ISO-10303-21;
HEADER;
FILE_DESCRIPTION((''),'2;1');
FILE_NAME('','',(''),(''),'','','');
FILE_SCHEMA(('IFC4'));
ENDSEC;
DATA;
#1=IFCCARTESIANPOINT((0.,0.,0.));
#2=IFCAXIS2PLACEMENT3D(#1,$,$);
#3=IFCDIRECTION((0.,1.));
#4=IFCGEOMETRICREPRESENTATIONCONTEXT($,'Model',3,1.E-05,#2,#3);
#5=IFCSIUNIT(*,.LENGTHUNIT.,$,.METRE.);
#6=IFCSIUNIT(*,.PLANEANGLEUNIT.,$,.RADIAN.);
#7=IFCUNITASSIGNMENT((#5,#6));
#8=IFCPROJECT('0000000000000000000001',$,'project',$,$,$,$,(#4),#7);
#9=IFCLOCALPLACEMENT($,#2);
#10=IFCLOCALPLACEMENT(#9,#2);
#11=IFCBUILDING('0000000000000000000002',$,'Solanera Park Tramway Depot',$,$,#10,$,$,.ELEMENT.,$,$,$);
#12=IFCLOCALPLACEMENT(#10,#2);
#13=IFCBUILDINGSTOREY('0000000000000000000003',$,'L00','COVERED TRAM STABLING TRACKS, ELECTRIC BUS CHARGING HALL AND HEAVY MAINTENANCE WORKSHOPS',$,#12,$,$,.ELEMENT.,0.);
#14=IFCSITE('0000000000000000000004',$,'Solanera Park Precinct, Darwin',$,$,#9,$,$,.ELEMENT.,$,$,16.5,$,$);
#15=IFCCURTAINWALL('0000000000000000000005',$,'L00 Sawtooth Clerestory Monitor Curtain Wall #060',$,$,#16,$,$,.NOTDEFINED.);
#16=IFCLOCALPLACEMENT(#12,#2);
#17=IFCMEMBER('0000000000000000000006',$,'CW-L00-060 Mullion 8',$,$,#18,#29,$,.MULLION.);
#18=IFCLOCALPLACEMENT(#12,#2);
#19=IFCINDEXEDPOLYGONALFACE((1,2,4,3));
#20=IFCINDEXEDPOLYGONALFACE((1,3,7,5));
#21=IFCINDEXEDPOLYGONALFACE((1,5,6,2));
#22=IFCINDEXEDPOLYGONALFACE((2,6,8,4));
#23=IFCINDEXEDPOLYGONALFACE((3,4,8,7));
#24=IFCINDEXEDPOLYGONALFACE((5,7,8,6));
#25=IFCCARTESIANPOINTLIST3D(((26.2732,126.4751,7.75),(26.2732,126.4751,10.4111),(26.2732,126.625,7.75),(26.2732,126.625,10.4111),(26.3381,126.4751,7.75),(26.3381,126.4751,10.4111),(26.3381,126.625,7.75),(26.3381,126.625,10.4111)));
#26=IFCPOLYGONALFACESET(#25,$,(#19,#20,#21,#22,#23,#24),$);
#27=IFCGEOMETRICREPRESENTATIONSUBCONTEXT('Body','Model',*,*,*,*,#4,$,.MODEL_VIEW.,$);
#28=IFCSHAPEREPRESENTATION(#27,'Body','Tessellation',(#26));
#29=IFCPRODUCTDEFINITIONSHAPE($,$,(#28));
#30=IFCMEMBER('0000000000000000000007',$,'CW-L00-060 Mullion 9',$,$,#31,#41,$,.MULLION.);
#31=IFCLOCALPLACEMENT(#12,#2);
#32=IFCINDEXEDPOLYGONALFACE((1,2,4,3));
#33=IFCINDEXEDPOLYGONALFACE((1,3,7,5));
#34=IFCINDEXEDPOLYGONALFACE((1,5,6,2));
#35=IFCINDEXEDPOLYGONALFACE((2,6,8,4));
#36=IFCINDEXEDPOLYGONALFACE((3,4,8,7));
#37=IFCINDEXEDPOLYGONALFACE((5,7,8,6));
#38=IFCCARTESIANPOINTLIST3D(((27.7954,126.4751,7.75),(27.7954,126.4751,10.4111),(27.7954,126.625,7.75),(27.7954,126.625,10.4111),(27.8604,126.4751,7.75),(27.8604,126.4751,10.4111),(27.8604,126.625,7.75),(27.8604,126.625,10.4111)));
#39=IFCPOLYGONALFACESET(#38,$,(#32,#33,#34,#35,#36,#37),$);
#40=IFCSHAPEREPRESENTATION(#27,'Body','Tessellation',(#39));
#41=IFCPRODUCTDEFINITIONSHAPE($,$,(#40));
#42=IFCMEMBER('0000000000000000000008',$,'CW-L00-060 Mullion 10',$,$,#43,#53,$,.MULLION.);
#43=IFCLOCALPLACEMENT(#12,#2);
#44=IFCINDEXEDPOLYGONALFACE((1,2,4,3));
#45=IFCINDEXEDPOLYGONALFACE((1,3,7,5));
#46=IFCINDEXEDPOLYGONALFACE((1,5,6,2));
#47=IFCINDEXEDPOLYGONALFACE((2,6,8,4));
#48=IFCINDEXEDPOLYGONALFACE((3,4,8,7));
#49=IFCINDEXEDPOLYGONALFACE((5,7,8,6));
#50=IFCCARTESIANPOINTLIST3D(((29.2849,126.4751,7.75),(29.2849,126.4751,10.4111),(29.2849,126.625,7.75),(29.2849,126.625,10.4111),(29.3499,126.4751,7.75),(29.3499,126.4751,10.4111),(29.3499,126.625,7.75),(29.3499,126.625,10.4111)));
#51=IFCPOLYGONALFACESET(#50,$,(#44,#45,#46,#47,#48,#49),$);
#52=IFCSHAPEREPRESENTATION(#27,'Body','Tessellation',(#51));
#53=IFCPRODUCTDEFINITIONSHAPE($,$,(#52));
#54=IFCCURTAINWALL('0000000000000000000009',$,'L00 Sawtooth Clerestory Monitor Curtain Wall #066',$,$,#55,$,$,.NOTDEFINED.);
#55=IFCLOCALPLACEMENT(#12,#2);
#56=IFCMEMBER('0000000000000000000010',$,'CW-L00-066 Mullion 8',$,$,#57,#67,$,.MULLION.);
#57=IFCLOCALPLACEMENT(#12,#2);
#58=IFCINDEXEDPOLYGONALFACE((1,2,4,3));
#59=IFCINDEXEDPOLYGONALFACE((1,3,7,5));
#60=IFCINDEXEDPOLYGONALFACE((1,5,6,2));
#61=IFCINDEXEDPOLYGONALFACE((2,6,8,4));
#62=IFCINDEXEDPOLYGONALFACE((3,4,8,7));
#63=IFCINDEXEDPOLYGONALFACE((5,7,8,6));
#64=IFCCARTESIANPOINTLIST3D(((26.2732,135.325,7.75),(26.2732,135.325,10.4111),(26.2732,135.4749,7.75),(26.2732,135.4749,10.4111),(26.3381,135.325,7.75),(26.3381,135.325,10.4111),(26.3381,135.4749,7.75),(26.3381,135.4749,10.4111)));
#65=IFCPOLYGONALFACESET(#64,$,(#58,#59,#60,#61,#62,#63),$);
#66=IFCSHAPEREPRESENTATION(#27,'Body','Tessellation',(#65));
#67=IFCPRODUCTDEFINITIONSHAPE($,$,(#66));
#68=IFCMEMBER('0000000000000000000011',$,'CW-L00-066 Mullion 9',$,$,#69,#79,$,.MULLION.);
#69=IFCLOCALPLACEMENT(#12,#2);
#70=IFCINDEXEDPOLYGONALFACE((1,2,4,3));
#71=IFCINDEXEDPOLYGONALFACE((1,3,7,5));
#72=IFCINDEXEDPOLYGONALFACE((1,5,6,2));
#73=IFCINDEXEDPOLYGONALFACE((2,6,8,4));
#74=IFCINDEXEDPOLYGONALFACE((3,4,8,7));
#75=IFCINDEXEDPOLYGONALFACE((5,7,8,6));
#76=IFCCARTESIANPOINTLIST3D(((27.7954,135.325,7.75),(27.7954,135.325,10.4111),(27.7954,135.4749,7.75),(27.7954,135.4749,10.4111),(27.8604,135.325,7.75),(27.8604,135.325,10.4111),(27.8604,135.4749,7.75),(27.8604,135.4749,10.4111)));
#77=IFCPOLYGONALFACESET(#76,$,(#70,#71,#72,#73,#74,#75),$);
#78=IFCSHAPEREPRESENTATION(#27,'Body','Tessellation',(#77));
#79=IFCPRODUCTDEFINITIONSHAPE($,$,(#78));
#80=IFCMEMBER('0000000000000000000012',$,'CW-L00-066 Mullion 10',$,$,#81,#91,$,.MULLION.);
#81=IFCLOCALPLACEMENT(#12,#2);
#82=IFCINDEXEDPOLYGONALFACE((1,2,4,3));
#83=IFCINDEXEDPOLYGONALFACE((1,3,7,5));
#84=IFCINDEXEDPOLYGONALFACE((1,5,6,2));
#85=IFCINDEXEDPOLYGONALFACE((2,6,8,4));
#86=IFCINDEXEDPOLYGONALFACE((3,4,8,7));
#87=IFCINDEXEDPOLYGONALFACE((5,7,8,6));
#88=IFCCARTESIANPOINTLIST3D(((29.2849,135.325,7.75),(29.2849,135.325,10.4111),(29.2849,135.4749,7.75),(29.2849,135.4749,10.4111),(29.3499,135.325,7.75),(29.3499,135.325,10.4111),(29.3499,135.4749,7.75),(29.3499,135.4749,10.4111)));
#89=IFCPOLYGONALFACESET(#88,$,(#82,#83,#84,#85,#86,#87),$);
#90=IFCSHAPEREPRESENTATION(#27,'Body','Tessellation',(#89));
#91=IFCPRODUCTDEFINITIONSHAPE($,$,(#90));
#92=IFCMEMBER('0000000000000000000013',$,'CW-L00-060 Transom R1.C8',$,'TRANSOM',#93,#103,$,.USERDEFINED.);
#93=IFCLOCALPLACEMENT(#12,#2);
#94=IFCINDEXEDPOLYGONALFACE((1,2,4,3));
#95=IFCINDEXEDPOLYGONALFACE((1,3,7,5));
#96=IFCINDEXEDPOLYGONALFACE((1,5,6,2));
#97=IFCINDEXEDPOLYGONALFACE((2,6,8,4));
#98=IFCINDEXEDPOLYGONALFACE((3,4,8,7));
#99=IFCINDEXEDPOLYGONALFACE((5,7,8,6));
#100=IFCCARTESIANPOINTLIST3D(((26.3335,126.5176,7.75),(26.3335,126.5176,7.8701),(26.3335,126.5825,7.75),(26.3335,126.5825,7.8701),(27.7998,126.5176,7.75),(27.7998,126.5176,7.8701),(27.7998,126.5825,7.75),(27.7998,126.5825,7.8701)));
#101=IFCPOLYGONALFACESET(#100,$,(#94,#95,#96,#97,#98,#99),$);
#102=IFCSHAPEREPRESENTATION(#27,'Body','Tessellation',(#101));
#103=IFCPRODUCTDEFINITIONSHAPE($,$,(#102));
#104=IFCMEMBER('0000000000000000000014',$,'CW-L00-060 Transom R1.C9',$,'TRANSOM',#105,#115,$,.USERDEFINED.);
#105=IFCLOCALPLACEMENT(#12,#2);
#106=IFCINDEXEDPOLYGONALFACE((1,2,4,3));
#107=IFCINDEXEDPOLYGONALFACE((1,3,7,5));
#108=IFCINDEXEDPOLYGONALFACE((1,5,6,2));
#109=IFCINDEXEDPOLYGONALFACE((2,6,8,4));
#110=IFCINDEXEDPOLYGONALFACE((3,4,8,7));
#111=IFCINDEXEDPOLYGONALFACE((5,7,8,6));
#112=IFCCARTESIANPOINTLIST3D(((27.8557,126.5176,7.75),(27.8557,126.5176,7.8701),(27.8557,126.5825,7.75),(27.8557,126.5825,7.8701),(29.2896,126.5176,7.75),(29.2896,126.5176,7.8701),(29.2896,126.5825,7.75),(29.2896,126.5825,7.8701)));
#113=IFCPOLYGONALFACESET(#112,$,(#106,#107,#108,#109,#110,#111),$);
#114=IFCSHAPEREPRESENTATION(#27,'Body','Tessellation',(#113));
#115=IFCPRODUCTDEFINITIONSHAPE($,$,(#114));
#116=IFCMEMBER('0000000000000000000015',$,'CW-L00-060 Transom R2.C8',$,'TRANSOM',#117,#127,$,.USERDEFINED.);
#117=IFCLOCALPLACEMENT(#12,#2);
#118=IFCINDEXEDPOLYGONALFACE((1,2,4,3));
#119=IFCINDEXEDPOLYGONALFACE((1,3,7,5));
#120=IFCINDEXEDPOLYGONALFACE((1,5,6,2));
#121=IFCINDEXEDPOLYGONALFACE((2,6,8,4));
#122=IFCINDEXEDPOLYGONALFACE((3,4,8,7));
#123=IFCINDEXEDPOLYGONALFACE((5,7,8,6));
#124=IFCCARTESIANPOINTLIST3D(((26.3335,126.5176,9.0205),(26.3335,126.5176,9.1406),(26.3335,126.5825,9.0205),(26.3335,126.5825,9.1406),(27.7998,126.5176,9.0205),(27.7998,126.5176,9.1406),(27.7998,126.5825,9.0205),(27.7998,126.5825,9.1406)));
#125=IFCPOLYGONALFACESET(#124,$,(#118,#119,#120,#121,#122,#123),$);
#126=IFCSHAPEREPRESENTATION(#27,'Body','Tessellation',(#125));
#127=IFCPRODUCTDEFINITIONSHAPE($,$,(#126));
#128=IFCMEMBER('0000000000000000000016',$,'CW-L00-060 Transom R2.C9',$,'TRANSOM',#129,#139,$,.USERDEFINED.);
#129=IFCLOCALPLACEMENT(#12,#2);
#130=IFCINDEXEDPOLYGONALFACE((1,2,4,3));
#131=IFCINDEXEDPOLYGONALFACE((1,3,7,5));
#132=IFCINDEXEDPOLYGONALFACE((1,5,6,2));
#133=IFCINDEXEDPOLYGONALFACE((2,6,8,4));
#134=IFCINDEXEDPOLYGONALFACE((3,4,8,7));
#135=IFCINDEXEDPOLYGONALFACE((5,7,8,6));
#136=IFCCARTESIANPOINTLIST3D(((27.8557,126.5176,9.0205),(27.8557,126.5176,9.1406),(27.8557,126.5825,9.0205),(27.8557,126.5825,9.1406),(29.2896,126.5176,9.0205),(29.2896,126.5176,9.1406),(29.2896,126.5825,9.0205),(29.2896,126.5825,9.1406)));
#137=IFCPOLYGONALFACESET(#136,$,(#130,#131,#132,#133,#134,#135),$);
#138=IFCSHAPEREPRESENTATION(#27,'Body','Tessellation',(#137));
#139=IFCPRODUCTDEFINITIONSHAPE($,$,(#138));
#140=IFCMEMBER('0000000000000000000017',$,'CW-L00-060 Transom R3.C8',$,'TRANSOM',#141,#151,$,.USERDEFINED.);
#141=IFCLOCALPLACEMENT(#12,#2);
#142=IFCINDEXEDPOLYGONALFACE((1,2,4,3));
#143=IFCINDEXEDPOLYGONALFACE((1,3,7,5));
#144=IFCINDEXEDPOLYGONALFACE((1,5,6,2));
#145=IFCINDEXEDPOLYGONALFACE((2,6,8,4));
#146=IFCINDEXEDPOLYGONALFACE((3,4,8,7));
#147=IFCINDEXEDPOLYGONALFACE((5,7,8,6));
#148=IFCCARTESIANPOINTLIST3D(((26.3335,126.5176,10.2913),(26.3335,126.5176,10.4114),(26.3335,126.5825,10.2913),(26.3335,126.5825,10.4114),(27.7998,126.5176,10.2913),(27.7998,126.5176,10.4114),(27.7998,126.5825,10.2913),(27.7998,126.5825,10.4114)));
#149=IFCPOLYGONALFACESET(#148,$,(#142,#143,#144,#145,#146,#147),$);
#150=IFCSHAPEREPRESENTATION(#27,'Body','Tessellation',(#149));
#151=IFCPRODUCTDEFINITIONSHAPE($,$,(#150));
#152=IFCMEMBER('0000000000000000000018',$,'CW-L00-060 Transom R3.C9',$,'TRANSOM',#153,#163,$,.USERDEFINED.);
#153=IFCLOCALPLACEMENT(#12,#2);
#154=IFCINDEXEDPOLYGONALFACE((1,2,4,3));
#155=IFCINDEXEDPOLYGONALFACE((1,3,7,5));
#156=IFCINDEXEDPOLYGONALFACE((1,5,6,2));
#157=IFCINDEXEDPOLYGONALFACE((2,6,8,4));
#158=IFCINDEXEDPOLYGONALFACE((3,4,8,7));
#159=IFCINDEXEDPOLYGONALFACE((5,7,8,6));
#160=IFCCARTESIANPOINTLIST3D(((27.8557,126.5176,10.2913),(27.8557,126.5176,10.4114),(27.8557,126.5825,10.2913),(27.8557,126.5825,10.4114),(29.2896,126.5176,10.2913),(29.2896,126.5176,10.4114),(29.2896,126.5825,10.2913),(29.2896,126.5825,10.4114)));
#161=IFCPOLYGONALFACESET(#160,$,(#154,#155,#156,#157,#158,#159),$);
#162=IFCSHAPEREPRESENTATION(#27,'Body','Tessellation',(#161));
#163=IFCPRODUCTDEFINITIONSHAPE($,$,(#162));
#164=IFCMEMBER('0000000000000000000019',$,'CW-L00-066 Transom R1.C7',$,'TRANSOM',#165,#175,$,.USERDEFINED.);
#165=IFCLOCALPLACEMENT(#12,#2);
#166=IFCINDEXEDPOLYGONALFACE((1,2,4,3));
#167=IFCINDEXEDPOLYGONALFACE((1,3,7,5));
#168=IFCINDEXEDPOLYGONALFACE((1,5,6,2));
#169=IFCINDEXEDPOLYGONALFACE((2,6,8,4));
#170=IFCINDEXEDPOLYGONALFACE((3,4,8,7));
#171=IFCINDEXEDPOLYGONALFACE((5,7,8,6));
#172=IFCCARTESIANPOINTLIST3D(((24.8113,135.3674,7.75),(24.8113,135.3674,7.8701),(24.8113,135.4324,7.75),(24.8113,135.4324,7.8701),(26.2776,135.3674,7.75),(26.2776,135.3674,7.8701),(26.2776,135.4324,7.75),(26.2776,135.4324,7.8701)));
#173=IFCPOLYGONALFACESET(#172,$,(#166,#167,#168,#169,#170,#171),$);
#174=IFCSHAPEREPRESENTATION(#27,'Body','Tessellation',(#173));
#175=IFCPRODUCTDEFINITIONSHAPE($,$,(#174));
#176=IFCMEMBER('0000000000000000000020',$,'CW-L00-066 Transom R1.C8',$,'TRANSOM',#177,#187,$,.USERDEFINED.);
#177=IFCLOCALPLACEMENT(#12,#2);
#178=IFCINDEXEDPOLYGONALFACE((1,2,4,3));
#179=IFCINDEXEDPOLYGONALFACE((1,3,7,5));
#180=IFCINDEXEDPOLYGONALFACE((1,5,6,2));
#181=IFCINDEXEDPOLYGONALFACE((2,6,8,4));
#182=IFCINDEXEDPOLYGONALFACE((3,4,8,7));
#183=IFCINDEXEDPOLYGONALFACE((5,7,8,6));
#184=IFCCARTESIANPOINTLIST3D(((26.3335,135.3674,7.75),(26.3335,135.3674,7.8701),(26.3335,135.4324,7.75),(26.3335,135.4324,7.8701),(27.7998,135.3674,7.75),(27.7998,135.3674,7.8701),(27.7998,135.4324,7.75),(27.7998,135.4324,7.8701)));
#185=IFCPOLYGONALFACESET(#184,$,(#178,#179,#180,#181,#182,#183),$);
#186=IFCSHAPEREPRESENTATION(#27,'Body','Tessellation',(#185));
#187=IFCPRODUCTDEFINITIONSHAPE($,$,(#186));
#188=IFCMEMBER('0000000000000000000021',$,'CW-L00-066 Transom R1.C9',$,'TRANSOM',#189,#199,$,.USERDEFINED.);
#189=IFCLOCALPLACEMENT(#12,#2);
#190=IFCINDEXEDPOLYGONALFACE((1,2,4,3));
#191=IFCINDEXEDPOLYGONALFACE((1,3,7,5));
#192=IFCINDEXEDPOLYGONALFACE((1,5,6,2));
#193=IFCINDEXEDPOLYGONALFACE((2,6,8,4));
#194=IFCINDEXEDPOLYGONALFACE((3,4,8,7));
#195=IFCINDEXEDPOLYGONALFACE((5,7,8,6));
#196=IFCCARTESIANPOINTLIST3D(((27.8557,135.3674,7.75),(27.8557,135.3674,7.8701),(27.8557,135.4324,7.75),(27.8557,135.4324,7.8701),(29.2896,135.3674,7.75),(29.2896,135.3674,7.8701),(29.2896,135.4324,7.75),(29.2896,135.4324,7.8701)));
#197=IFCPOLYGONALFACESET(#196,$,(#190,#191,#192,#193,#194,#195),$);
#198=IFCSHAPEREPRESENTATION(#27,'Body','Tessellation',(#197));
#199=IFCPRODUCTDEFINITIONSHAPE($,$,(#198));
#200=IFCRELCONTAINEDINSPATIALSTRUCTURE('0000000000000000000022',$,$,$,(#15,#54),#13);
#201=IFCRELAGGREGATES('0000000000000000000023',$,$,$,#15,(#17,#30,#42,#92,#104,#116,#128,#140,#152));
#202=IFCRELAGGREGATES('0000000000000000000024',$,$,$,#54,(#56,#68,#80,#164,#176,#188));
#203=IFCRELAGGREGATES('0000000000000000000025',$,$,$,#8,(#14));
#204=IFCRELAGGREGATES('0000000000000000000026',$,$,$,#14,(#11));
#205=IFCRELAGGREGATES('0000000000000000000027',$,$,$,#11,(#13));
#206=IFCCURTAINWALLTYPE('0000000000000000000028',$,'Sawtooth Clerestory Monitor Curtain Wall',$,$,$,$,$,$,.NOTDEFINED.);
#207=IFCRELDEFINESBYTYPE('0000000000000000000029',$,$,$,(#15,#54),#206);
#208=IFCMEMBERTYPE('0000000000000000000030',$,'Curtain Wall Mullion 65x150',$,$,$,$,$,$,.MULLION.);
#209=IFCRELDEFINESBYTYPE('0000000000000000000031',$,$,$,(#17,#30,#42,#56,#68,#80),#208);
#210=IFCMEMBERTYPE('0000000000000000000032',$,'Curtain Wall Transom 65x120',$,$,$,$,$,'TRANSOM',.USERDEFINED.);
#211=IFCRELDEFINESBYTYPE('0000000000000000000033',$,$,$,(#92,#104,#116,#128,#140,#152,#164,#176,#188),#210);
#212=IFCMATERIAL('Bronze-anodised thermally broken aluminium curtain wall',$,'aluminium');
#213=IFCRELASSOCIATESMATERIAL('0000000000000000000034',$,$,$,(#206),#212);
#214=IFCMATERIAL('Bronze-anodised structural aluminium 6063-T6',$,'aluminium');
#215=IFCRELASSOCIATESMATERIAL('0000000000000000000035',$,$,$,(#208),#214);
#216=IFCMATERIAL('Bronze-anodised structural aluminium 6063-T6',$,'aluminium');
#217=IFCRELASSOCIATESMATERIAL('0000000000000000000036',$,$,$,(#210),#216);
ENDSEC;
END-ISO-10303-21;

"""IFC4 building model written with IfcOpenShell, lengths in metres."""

from ifc_helpers import new_model, si_unit, direction, frame, origin, origin_2d, place, context, subcontext, project, spatial, rectangle, extrude, material, material_profile, profile_set, type_object, element, aggregate, save


model = new_model("IFC4")

# Units and contexts
model_context = context("Model", 3, precision=1e-05, world=origin(), true_north=direction((0.0, 1.0)))
body_context = subcontext(model_context, "Body", "Model", "MODEL_VIEW")
ifc_project = project(units=[si_unit("LENGTHUNIT", "METRE"), si_unit("PLANEANGLEUNIT", "RADIAN")], contexts=[model_context])

# Site, building, storey
site_placement = place(None, origin())
site = spatial("IfcSite", under=ifc_project, at=site_placement, Name="Solanera Park Precinct, Darwin", CompositionType="ELEMENT", RefElevation=16.5)
building_placement = place(site_placement, origin())
building = spatial("IfcBuilding", under=site, at=building_placement, Name="Solanera Park Tramway Depot", CompositionType="ELEMENT")
storey_placement = place(building_placement, origin())
storey = spatial("IfcBuildingStorey", under=building, at=storey_placement, Name="L00", Description="COVERED TRAM STABLING TRACKS, ELECTRIC BUS CHARGING HALL AND HEAVY MAINTENANCE WORKSHOPS", CompositionType="ELEMENT", Elevation=0.0)

# Curtain walls, members
ifc_material_1 = material(Name="Bronze-anodised thermally broken aluminium curtain wall", Category="aluminium")
curtain_wall_type = type_object("IfcCurtainWallType", Name="Sawtooth Clerestory Monitor Curtain Wall", PredefinedType="NOTDEFINED", material=ifc_material_1)
curtain_wall_1_placement = place(storey_placement, origin())
curtain_wall_1 = element("IfcCurtainWall", 1, at=curtain_wall_1_placement, inside=storey, type_object=curtain_wall_type, Name="L00 Sawtooth Clerestory Monitor Curtain Wall #060", PredefinedType="NOTDEFINED")
ifc_material_2 = material(Name="Bronze-anodised structural aluminium 6063-T6", Category="aluminium")
ifc_material_profile_1 = material_profile(ifc_material_2, rectangle(XDim=0.0649, YDim=0.1499, at=origin_2d()), Name="Curtain Wall Mullion 65x150")
ifc_profile_set_1 = profile_set([ifc_material_profile_1], Name="Bronze-anodised structural aluminium 6063-T6")
member_type_1 = type_object("IfcMemberType", Name="Curtain Wall Mullion 65x150", PredefinedType="MULLION", material=ifc_profile_set_1)
member_1_placement = place(storey_placement, frame((26.3057, 126.55, 7.75), z_axis=(0.0, 0.0, 1.0), x_axis=(1.0, 0.0, 0.0)))
member_1 = element("IfcMember", 2, at=member_1_placement, type_object=member_type_1, Name="CW-L00-060 Mullion 8", PredefinedType="MULLION", context=body_context, shape_type="SweptSolid", body=[
    extrude(rectangle(XDim=0.0649, YDim=0.1499, at=origin_2d()), origin(), (0.0, 0.0, 1.0), 2.6611),
])
member_2_placement = place(storey_placement, frame((27.8279, 126.55, 7.75), z_axis=(0.0, 0.0, 1.0), x_axis=(1.0, 0.0, 0.0)))
member_2 = element("IfcMember", 3, at=member_2_placement, type_object=member_type_1, Name="CW-L00-060 Mullion 9", PredefinedType="MULLION", context=body_context, shape_type="SweptSolid", body=[
    extrude(rectangle(XDim=0.0649, YDim=0.1499, at=origin_2d()), origin(), (0.0, 0.0, 1.0), 2.6611),
])
member_3_placement = place(storey_placement, frame((29.3174, 126.55, 7.75), z_axis=(0.0, 0.0, 1.0), x_axis=(1.0, 0.0, 0.0)))
member_3 = element("IfcMember", 4, at=member_3_placement, type_object=member_type_1, Name="CW-L00-060 Mullion 10", PredefinedType="MULLION", context=body_context, shape_type="SweptSolid", body=[
    extrude(rectangle(XDim=0.0649, YDim=0.1499, at=origin_2d()), origin(), (0.0, 0.0, 1.0), 2.6611),
])
curtain_wall_2_placement = place(storey_placement, origin())
curtain_wall_2 = element("IfcCurtainWall", 5, at=curtain_wall_2_placement, inside=storey, type_object=curtain_wall_type, Name="L00 Sawtooth Clerestory Monitor Curtain Wall #066", PredefinedType="NOTDEFINED")
member_4_placement = place(storey_placement, frame((26.3057, 135.3999, 7.75), z_axis=(0.0, 0.0, 1.0), x_axis=(1.0, 0.0, 0.0)))
member_4 = element("IfcMember", 6, at=member_4_placement, type_object=member_type_1, Name="CW-L00-066 Mullion 8", PredefinedType="MULLION", context=body_context, shape_type="SweptSolid", body=[
    extrude(rectangle(XDim=0.0649, YDim=0.1499, at=origin_2d()), origin(), (0.0, 0.0, 1.0), 2.6611),
])
member_5_placement = place(storey_placement, frame((27.8279, 135.3999, 7.75), z_axis=(0.0, 0.0, 1.0), x_axis=(1.0, 0.0, 0.0)))
member_5 = element("IfcMember", 7, at=member_5_placement, type_object=member_type_1, Name="CW-L00-066 Mullion 9", PredefinedType="MULLION", context=body_context, shape_type="SweptSolid", body=[
    extrude(rectangle(XDim=0.0649, YDim=0.1499, at=origin_2d()), origin(), (0.0, 0.0, 1.0), 2.6611),
])
member_6_placement = place(storey_placement, frame((29.3174, 135.3999, 7.75), z_axis=(0.0, 0.0, 1.0), x_axis=(1.0, 0.0, 0.0)))
member_6 = element("IfcMember", 8, at=member_6_placement, type_object=member_type_1, Name="CW-L00-066 Mullion 10", PredefinedType="MULLION", context=body_context, shape_type="SweptSolid", body=[
    extrude(rectangle(XDim=0.0649, YDim=0.1499, at=origin_2d()), origin(), (0.0, 0.0, 1.0), 2.6611),
])

# Members
ifc_material_3 = material(Name="Bronze-anodised structural aluminium 6063-T6", Category="aluminium")
ifc_material_profile_2 = material_profile(ifc_material_3, rectangle(XDim=0.0649, YDim=0.1201, at=origin_2d()), Name="Curtain Wall Transom 65x120")
ifc_profile_set_2 = profile_set([ifc_material_profile_2], Name="Bronze-anodised structural aluminium 6063-T6")
member_type_2 = type_object("IfcMemberType", Name="Curtain Wall Transom 65x120", ElementType="TRANSOM", PredefinedType="USERDEFINED", material=ifc_profile_set_2)
member_7_placement = place(storey_placement, frame((26.3335, 126.55, 7.8101), z_axis=(1.0, 0.0, 0.0), x_axis=(0.0, 1.0, 0.0)))
member_7 = element("IfcMember", 9, at=member_7_placement, type_object=member_type_2, Name="CW-L00-060 Transom R1.C8", ObjectType="TRANSOM", PredefinedType="USERDEFINED", context=body_context, shape_type="SweptSolid", body=[
    extrude(rectangle(XDim=0.0649, YDim=0.1201, at=origin_2d()), origin(), (0.0, 0.0, 1.0), 1.4663),
])
member_8_placement = place(storey_placement, frame((27.8557, 126.55, 7.8101), z_axis=(1.0, 0.0, 0.0), x_axis=(0.0, 1.0, 0.0)))
member_8 = element("IfcMember", 10, at=member_8_placement, type_object=member_type_2, Name="CW-L00-060 Transom R1.C9", ObjectType="TRANSOM", PredefinedType="USERDEFINED", context=body_context, shape_type="SweptSolid", body=[
    extrude(rectangle(XDim=0.0649, YDim=0.1201, at=origin_2d()), origin(), (0.0, 0.0, 1.0), 1.4338),
])
member_9_placement = place(storey_placement, frame((26.3335, 126.55, 9.0806), z_axis=(1.0, 0.0, 0.0), x_axis=(0.0, 1.0, 0.0)))
member_9 = element("IfcMember", 11, at=member_9_placement, type_object=member_type_2, Name="CW-L00-060 Transom R2.C8", ObjectType="TRANSOM", PredefinedType="USERDEFINED", context=body_context, shape_type="SweptSolid", body=[
    extrude(rectangle(XDim=0.0649, YDim=0.1201, at=origin_2d()), origin(), (0.0, 0.0, 1.0), 1.4663),
])
member_10_placement = place(storey_placement, frame((27.8557, 126.55, 9.0806), z_axis=(1.0, 0.0, 0.0), x_axis=(0.0, 1.0, 0.0)))
member_10 = element("IfcMember", 12, at=member_10_placement, type_object=member_type_2, Name="CW-L00-060 Transom R2.C9", ObjectType="TRANSOM", PredefinedType="USERDEFINED", context=body_context, shape_type="SweptSolid", body=[
    extrude(rectangle(XDim=0.0649, YDim=0.1201, at=origin_2d()), origin(), (0.0, 0.0, 1.0), 1.4338),
])
member_11_placement = place(storey_placement, frame((26.3335, 126.55, 10.3513), z_axis=(1.0, 0.0, 0.0), x_axis=(0.0, 1.0, 0.0)))
member_11 = element("IfcMember", 13, at=member_11_placement, type_object=member_type_2, Name="CW-L00-060 Transom R3.C8", ObjectType="TRANSOM", PredefinedType="USERDEFINED", context=body_context, shape_type="SweptSolid", body=[
    extrude(rectangle(XDim=0.0649, YDim=0.1201, at=origin_2d()), origin(), (0.0, 0.0, 1.0), 1.4663),
])
member_12_placement = place(storey_placement, frame((27.8557, 126.55, 10.3513), z_axis=(1.0, 0.0, 0.0), x_axis=(0.0, 1.0, 0.0)))
member_12 = element("IfcMember", 14, at=member_12_placement, type_object=member_type_2, Name="CW-L00-060 Transom R3.C9", ObjectType="TRANSOM", PredefinedType="USERDEFINED", context=body_context, shape_type="SweptSolid", body=[
    extrude(rectangle(XDim=0.0649, YDim=0.1201, at=origin_2d()), origin(), (0.0, 0.0, 1.0), 1.4338),
])
member_13_placement = place(storey_placement, frame((24.8113, 135.3999, 7.8101), z_axis=(1.0, 0.0, 0.0), x_axis=(0.0, 1.0, 0.0)))
member_13 = element("IfcMember", 15, at=member_13_placement, type_object=member_type_2, Name="CW-L00-066 Transom R1.C7", ObjectType="TRANSOM", PredefinedType="USERDEFINED", context=body_context, shape_type="SweptSolid", body=[
    extrude(rectangle(XDim=0.0649, YDim=0.1201, at=origin_2d()), origin(), (0.0, 0.0, 1.0), 1.4663),
])
member_14_placement = place(storey_placement, frame((26.3335, 135.3999, 7.8101), z_axis=(1.0, 0.0, 0.0), x_axis=(0.0, 1.0, 0.0)))
member_14 = element("IfcMember", 16, at=member_14_placement, type_object=member_type_2, Name="CW-L00-066 Transom R1.C8", ObjectType="TRANSOM", PredefinedType="USERDEFINED", context=body_context, shape_type="SweptSolid", body=[
    extrude(rectangle(XDim=0.0649, YDim=0.1201, at=origin_2d()), origin(), (0.0, 0.0, 1.0), 1.4663),
])
member_15_placement = place(storey_placement, frame((27.8557, 135.3999, 7.8101), z_axis=(1.0, 0.0, 0.0), x_axis=(0.0, 1.0, 0.0)))
member_15 = element("IfcMember", 17, at=member_15_placement, type_object=member_type_2, Name="CW-L00-066 Transom R1.C9", ObjectType="TRANSOM", PredefinedType="USERDEFINED", context=body_context, shape_type="SweptSolid", body=[
    extrude(rectangle(XDim=0.0649, YDim=0.1201, at=origin_2d()), origin(), (0.0, 0.0, 1.0), 1.4338),
])

aggregate(curtain_wall_1, [member_1, member_2, member_3, member_7, member_8, member_9, member_10, member_11, member_12])
aggregate(curtain_wall_2, [member_4, member_5, member_6, member_13, member_14, member_15])

save(model, "model.ifc")
